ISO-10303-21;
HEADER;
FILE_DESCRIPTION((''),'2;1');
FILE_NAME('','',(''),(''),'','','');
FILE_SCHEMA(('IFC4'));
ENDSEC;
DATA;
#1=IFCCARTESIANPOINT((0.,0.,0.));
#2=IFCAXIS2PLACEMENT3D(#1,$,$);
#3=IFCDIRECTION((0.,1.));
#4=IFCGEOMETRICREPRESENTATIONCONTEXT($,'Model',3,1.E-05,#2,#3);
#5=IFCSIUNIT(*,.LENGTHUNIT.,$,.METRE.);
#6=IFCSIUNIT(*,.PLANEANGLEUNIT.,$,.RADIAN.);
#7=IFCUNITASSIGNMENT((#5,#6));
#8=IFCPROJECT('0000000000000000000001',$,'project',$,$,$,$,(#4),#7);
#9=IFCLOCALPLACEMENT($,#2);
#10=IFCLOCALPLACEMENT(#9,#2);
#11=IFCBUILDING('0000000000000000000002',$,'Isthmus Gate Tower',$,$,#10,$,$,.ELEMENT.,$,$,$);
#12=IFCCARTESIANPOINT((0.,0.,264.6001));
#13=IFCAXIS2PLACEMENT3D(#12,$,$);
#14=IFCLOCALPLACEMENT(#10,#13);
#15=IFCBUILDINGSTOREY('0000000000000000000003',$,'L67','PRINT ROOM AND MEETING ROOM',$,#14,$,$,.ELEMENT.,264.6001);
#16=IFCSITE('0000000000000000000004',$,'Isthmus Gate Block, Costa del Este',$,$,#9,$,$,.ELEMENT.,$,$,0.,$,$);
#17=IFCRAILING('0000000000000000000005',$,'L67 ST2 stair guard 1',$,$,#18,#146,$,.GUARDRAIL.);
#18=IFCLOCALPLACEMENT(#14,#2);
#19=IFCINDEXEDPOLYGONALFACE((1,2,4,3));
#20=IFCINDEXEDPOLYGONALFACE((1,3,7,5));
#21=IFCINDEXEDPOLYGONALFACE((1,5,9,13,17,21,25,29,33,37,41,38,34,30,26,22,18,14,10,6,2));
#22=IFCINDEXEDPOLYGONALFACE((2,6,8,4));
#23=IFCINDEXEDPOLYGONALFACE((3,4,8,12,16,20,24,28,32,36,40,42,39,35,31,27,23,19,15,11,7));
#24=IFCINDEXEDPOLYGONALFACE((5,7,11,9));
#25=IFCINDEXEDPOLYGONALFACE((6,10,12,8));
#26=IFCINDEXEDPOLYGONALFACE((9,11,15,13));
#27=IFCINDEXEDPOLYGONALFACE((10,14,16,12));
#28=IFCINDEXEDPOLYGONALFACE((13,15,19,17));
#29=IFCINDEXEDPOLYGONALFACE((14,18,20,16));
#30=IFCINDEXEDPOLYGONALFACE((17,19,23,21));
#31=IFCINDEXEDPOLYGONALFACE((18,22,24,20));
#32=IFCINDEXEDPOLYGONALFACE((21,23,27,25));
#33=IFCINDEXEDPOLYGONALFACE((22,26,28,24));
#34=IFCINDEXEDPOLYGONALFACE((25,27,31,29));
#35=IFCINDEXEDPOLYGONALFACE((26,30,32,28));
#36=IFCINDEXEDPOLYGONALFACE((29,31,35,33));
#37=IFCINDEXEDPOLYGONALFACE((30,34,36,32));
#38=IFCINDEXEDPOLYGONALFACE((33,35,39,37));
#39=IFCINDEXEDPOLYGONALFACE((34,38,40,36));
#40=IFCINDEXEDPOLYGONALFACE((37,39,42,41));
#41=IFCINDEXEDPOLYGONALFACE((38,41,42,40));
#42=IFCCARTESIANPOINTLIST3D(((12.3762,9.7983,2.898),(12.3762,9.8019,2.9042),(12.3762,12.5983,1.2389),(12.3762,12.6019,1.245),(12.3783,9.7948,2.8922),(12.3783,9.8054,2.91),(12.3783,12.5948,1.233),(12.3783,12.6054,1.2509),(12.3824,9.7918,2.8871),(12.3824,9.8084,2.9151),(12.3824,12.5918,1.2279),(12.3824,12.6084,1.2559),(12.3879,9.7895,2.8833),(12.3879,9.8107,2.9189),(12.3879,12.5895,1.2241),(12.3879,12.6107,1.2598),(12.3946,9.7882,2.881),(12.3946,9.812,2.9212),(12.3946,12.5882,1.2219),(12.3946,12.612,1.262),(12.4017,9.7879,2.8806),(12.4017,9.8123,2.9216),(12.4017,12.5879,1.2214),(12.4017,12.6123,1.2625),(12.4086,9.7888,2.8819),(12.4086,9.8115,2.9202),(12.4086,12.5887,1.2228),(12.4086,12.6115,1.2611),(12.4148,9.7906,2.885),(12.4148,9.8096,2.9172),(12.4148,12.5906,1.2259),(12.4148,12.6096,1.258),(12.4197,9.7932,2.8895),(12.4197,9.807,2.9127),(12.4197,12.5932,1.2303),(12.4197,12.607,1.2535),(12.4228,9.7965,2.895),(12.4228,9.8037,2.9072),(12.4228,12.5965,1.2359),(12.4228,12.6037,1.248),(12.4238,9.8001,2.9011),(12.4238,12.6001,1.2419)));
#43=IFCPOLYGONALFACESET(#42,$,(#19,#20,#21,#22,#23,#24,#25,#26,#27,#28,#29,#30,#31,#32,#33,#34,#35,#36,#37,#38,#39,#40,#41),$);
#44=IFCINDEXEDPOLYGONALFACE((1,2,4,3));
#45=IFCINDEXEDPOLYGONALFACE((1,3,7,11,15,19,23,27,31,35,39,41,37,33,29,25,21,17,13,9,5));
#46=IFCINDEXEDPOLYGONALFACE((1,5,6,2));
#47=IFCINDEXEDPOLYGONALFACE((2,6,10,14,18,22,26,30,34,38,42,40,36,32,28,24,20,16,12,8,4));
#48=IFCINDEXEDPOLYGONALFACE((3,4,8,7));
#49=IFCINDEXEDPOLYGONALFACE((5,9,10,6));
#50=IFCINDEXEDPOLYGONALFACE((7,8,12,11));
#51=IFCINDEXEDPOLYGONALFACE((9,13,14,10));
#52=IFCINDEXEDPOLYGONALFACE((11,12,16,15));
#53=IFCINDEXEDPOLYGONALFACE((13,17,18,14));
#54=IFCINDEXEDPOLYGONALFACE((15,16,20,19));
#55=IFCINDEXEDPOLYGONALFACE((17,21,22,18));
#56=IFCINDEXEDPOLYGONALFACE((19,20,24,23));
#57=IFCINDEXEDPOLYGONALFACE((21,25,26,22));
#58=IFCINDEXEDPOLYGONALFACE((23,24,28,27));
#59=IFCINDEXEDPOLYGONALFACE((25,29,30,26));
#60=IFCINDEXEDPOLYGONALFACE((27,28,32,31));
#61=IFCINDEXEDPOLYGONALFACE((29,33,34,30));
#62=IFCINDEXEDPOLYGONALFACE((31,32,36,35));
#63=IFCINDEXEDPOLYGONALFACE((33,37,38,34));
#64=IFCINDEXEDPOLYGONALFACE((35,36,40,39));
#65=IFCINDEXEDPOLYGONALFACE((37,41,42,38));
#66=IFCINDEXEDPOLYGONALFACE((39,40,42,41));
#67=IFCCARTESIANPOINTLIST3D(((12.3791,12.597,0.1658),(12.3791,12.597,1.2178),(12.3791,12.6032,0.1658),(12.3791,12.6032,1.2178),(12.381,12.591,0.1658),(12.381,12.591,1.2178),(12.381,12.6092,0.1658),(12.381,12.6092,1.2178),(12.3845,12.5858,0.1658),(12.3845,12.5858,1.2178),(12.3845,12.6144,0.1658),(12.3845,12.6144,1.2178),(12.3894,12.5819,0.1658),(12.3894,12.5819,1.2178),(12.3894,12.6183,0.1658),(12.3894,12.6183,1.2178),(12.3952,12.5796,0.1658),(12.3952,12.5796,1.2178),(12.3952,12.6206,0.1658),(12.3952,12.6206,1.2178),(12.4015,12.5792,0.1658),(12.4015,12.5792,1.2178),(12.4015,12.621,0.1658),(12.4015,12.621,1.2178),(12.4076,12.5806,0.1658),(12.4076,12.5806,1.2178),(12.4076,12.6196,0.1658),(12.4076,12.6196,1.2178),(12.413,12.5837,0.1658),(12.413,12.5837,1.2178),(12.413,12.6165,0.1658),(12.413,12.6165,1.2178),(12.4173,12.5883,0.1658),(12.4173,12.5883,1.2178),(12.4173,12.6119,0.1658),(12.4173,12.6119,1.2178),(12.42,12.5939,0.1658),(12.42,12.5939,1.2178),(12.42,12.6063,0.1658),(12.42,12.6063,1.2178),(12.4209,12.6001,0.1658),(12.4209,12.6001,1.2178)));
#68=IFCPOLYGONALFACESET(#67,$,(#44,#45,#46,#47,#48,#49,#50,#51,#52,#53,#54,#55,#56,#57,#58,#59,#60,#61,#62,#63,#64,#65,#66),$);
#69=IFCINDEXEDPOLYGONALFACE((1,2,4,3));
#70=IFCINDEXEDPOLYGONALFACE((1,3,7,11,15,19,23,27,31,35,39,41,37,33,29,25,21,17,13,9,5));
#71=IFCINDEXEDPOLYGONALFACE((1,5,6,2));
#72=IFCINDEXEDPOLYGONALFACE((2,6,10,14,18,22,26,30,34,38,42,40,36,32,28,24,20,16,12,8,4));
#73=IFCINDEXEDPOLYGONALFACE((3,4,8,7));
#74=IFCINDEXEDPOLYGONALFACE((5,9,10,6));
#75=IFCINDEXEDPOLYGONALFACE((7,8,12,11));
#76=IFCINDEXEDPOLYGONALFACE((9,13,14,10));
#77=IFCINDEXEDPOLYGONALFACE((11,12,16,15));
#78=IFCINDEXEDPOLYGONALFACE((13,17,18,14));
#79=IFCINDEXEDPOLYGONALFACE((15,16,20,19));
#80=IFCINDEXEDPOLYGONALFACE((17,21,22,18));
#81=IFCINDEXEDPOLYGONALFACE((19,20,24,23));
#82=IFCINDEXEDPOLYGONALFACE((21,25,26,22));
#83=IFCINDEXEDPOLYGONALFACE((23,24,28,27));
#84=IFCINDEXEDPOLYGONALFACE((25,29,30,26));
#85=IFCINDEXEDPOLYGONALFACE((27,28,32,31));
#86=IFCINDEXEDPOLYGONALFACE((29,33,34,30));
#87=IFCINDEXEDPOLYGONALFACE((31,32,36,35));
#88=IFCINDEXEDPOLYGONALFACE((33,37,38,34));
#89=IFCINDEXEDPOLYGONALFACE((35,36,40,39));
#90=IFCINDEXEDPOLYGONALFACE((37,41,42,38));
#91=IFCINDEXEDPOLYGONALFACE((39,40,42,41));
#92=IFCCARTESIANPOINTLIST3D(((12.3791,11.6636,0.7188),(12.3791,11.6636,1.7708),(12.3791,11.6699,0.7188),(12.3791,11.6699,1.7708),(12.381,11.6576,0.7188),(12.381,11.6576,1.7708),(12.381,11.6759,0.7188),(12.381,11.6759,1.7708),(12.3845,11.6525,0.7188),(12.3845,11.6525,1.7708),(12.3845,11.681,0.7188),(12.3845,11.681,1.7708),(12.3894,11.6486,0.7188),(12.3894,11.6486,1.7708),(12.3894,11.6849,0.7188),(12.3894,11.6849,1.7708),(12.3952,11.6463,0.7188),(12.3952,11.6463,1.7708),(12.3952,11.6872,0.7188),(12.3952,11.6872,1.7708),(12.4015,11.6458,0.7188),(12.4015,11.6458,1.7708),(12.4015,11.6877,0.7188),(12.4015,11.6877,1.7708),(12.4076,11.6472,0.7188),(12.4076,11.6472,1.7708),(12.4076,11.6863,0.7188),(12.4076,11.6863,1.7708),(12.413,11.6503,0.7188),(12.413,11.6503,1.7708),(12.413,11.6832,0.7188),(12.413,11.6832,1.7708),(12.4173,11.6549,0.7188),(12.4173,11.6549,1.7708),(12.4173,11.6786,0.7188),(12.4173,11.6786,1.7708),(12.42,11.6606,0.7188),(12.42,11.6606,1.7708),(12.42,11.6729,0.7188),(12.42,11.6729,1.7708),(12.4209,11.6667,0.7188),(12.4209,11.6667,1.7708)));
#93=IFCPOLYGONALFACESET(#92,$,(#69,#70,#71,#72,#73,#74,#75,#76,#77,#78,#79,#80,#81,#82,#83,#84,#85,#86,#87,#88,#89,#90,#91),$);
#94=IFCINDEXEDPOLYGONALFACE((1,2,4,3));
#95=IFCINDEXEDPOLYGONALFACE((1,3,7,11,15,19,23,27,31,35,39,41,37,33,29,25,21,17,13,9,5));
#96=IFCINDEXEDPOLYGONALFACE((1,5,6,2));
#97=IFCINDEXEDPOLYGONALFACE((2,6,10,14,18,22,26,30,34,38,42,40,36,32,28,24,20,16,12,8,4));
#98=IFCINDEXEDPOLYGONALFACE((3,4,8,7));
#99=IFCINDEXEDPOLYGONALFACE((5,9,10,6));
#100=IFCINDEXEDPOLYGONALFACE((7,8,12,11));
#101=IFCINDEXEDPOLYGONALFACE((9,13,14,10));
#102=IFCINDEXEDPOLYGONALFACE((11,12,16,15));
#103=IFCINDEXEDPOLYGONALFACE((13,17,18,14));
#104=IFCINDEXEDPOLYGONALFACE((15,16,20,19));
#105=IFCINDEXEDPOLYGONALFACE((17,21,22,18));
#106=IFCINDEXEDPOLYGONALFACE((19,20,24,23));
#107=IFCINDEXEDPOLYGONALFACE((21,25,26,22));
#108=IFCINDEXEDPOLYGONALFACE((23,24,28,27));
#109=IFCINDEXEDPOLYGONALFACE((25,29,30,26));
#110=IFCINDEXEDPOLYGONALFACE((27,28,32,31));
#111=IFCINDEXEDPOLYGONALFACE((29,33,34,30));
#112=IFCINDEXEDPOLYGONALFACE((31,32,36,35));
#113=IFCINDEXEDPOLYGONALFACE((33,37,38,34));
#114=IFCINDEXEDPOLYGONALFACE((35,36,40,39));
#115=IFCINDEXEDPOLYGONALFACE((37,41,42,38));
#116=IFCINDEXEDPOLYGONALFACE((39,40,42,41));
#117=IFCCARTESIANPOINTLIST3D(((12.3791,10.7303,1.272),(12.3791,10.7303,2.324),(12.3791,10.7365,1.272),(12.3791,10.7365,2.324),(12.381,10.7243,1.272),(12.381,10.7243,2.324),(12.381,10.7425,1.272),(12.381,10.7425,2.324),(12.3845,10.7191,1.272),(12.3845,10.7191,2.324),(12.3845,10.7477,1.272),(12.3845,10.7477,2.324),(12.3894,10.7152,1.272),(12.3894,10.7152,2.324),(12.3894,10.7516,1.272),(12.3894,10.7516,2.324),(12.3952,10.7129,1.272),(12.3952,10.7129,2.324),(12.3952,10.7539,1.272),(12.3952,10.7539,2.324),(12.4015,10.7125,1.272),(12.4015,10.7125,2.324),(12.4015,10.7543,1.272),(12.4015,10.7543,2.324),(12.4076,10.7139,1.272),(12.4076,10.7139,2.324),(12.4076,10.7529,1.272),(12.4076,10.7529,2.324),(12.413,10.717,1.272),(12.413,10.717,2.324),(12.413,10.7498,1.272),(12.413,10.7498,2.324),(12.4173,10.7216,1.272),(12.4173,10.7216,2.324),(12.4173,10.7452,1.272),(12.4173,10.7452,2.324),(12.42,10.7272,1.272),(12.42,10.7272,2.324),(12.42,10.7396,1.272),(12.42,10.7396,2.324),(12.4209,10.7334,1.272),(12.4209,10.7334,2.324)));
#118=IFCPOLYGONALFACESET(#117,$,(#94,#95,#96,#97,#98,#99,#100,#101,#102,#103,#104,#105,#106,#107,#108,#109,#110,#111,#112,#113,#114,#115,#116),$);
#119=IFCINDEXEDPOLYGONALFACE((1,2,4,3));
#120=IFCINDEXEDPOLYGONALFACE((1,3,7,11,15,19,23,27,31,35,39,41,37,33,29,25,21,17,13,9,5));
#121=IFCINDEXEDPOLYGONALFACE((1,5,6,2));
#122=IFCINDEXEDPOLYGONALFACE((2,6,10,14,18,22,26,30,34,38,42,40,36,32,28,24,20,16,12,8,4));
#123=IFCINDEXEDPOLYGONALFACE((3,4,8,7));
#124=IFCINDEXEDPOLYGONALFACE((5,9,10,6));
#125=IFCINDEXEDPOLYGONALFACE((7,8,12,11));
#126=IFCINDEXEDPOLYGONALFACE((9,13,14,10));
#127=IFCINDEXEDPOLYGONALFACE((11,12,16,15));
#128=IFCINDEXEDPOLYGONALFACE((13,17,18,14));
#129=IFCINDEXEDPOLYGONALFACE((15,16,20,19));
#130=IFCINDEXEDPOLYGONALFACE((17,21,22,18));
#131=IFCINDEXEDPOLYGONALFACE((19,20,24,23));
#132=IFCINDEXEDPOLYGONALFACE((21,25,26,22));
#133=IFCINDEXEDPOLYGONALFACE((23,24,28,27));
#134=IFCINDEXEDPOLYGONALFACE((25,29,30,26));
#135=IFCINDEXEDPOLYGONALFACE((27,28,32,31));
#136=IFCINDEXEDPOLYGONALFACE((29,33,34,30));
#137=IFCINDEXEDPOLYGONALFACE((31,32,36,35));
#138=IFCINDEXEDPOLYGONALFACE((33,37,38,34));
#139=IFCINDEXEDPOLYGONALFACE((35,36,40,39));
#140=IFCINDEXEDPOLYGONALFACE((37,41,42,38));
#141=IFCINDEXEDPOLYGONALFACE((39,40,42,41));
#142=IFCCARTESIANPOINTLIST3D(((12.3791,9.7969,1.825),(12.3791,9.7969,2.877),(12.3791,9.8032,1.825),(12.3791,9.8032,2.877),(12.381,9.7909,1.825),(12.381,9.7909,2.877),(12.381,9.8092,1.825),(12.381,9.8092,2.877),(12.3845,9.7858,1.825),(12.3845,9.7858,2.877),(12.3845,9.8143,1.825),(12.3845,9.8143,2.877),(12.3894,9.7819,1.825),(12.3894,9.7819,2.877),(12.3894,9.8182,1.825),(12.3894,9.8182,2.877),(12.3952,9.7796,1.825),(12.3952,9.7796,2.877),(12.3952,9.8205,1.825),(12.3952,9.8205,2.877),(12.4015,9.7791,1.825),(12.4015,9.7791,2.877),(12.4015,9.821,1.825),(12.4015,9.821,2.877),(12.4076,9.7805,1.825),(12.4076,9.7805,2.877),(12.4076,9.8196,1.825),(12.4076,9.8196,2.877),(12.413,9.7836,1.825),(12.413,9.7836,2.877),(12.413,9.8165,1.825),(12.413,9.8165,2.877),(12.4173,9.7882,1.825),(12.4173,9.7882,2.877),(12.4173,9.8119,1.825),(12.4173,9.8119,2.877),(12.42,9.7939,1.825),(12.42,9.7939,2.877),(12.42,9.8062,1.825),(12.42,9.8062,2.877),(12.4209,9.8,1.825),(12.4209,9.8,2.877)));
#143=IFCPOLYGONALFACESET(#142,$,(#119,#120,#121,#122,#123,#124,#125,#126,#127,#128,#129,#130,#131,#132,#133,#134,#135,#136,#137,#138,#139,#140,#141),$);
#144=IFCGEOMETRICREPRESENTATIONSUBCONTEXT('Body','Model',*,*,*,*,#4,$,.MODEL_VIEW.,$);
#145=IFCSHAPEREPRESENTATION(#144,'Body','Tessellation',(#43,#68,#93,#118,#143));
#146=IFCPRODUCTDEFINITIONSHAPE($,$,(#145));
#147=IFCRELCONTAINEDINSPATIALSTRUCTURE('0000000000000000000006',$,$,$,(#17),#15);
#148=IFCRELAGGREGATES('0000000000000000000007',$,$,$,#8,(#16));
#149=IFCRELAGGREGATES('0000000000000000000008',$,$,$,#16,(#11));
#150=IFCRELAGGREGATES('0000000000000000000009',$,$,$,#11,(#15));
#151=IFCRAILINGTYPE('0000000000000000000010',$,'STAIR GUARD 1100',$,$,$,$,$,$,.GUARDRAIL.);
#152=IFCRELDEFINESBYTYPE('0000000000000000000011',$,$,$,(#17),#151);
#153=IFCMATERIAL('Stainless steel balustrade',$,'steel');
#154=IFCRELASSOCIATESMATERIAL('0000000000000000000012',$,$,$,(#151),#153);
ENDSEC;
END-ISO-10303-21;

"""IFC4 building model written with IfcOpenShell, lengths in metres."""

from ifc_helpers import new_model, si_unit, direction, frame, origin, origin_2d, place, context, subcontext, project, spatial, circle, extrude, material, type_object, element, save


model = new_model("IFC4")

# Units and contexts
model_context = context("Model", 3, precision=1e-05, world=origin(), true_north=direction((0.0, 1.0)))
body_context = subcontext(model_context, "Body", "Model", "MODEL_VIEW")
ifc_project = project(units=[si_unit("LENGTHUNIT", "METRE"), si_unit("PLANEANGLEUNIT", "RADIAN")], contexts=[model_context])

# Site, building, storey
site_placement = place(None, origin())
site = spatial("IfcSite", under=ifc_project, at=site_placement, Name="Isthmus Gate Block, Costa del Este", CompositionType="ELEMENT", RefElevation=0.0)
building_placement = place(site_placement, origin())
building = spatial("IfcBuilding", under=site, at=building_placement, Name="Isthmus Gate Tower", CompositionType="ELEMENT")
storey_placement = place(building_placement, frame((0.0, 0.0, 264.6001)))
storey = spatial("IfcBuildingStorey", under=building, at=storey_placement, Name="L67", Description="PRINT ROOM AND MEETING ROOM", CompositionType="ELEMENT", Elevation=264.6001)

# Railing
ifc_material_1 = material(Name="Stainless steel balustrade", Category="steel")
railing_type_1 = type_object("IfcRailingType", Name="STAIR GUARD 1100", PredefinedType="GUARDRAIL", material=ifc_material_1)
railing_1_placement = place(storey_placement, frame((12.3999, 12.6001, 0.1658)))
element("IfcRailing", 1, at=railing_1_placement, inside=storey, type_object=railing_type_1, Name="L67 ST2 stair guard 1", PredefinedType="GUARDRAIL", context=body_context, shape_type="SweptSolid", body=[
    extrude(circle(Radius=0.0239, at=origin_2d()), frame((0.0, 0.0, 1.0762), z_axis=(0.0, -0.860306, 0.509778), x_axis=(1.0, 0.0, 0.0)), (0.0, 0.0, 1.0), 3.2546),
    extrude(circle(Radius=0.021, at=origin_2d()), origin(), (0.0, 0.0, 1.0), 1.052),
    extrude(circle(Radius=0.021, at=origin_2d()), frame((0.0, -0.9333, 0.553)), (0.0, 0.0, 1.0), 1.052),
    extrude(circle(Radius=0.021, at=origin_2d()), frame((0.0, -1.8667, 1.1062)), (0.0, 0.0, 1.0), 1.052),
    extrude(circle(Radius=0.021, at=origin_2d()), frame((0.0, -2.8, 1.6592)), (0.0, 0.0, 1.0), 1.052),
])

save(model, "model.ifc")
